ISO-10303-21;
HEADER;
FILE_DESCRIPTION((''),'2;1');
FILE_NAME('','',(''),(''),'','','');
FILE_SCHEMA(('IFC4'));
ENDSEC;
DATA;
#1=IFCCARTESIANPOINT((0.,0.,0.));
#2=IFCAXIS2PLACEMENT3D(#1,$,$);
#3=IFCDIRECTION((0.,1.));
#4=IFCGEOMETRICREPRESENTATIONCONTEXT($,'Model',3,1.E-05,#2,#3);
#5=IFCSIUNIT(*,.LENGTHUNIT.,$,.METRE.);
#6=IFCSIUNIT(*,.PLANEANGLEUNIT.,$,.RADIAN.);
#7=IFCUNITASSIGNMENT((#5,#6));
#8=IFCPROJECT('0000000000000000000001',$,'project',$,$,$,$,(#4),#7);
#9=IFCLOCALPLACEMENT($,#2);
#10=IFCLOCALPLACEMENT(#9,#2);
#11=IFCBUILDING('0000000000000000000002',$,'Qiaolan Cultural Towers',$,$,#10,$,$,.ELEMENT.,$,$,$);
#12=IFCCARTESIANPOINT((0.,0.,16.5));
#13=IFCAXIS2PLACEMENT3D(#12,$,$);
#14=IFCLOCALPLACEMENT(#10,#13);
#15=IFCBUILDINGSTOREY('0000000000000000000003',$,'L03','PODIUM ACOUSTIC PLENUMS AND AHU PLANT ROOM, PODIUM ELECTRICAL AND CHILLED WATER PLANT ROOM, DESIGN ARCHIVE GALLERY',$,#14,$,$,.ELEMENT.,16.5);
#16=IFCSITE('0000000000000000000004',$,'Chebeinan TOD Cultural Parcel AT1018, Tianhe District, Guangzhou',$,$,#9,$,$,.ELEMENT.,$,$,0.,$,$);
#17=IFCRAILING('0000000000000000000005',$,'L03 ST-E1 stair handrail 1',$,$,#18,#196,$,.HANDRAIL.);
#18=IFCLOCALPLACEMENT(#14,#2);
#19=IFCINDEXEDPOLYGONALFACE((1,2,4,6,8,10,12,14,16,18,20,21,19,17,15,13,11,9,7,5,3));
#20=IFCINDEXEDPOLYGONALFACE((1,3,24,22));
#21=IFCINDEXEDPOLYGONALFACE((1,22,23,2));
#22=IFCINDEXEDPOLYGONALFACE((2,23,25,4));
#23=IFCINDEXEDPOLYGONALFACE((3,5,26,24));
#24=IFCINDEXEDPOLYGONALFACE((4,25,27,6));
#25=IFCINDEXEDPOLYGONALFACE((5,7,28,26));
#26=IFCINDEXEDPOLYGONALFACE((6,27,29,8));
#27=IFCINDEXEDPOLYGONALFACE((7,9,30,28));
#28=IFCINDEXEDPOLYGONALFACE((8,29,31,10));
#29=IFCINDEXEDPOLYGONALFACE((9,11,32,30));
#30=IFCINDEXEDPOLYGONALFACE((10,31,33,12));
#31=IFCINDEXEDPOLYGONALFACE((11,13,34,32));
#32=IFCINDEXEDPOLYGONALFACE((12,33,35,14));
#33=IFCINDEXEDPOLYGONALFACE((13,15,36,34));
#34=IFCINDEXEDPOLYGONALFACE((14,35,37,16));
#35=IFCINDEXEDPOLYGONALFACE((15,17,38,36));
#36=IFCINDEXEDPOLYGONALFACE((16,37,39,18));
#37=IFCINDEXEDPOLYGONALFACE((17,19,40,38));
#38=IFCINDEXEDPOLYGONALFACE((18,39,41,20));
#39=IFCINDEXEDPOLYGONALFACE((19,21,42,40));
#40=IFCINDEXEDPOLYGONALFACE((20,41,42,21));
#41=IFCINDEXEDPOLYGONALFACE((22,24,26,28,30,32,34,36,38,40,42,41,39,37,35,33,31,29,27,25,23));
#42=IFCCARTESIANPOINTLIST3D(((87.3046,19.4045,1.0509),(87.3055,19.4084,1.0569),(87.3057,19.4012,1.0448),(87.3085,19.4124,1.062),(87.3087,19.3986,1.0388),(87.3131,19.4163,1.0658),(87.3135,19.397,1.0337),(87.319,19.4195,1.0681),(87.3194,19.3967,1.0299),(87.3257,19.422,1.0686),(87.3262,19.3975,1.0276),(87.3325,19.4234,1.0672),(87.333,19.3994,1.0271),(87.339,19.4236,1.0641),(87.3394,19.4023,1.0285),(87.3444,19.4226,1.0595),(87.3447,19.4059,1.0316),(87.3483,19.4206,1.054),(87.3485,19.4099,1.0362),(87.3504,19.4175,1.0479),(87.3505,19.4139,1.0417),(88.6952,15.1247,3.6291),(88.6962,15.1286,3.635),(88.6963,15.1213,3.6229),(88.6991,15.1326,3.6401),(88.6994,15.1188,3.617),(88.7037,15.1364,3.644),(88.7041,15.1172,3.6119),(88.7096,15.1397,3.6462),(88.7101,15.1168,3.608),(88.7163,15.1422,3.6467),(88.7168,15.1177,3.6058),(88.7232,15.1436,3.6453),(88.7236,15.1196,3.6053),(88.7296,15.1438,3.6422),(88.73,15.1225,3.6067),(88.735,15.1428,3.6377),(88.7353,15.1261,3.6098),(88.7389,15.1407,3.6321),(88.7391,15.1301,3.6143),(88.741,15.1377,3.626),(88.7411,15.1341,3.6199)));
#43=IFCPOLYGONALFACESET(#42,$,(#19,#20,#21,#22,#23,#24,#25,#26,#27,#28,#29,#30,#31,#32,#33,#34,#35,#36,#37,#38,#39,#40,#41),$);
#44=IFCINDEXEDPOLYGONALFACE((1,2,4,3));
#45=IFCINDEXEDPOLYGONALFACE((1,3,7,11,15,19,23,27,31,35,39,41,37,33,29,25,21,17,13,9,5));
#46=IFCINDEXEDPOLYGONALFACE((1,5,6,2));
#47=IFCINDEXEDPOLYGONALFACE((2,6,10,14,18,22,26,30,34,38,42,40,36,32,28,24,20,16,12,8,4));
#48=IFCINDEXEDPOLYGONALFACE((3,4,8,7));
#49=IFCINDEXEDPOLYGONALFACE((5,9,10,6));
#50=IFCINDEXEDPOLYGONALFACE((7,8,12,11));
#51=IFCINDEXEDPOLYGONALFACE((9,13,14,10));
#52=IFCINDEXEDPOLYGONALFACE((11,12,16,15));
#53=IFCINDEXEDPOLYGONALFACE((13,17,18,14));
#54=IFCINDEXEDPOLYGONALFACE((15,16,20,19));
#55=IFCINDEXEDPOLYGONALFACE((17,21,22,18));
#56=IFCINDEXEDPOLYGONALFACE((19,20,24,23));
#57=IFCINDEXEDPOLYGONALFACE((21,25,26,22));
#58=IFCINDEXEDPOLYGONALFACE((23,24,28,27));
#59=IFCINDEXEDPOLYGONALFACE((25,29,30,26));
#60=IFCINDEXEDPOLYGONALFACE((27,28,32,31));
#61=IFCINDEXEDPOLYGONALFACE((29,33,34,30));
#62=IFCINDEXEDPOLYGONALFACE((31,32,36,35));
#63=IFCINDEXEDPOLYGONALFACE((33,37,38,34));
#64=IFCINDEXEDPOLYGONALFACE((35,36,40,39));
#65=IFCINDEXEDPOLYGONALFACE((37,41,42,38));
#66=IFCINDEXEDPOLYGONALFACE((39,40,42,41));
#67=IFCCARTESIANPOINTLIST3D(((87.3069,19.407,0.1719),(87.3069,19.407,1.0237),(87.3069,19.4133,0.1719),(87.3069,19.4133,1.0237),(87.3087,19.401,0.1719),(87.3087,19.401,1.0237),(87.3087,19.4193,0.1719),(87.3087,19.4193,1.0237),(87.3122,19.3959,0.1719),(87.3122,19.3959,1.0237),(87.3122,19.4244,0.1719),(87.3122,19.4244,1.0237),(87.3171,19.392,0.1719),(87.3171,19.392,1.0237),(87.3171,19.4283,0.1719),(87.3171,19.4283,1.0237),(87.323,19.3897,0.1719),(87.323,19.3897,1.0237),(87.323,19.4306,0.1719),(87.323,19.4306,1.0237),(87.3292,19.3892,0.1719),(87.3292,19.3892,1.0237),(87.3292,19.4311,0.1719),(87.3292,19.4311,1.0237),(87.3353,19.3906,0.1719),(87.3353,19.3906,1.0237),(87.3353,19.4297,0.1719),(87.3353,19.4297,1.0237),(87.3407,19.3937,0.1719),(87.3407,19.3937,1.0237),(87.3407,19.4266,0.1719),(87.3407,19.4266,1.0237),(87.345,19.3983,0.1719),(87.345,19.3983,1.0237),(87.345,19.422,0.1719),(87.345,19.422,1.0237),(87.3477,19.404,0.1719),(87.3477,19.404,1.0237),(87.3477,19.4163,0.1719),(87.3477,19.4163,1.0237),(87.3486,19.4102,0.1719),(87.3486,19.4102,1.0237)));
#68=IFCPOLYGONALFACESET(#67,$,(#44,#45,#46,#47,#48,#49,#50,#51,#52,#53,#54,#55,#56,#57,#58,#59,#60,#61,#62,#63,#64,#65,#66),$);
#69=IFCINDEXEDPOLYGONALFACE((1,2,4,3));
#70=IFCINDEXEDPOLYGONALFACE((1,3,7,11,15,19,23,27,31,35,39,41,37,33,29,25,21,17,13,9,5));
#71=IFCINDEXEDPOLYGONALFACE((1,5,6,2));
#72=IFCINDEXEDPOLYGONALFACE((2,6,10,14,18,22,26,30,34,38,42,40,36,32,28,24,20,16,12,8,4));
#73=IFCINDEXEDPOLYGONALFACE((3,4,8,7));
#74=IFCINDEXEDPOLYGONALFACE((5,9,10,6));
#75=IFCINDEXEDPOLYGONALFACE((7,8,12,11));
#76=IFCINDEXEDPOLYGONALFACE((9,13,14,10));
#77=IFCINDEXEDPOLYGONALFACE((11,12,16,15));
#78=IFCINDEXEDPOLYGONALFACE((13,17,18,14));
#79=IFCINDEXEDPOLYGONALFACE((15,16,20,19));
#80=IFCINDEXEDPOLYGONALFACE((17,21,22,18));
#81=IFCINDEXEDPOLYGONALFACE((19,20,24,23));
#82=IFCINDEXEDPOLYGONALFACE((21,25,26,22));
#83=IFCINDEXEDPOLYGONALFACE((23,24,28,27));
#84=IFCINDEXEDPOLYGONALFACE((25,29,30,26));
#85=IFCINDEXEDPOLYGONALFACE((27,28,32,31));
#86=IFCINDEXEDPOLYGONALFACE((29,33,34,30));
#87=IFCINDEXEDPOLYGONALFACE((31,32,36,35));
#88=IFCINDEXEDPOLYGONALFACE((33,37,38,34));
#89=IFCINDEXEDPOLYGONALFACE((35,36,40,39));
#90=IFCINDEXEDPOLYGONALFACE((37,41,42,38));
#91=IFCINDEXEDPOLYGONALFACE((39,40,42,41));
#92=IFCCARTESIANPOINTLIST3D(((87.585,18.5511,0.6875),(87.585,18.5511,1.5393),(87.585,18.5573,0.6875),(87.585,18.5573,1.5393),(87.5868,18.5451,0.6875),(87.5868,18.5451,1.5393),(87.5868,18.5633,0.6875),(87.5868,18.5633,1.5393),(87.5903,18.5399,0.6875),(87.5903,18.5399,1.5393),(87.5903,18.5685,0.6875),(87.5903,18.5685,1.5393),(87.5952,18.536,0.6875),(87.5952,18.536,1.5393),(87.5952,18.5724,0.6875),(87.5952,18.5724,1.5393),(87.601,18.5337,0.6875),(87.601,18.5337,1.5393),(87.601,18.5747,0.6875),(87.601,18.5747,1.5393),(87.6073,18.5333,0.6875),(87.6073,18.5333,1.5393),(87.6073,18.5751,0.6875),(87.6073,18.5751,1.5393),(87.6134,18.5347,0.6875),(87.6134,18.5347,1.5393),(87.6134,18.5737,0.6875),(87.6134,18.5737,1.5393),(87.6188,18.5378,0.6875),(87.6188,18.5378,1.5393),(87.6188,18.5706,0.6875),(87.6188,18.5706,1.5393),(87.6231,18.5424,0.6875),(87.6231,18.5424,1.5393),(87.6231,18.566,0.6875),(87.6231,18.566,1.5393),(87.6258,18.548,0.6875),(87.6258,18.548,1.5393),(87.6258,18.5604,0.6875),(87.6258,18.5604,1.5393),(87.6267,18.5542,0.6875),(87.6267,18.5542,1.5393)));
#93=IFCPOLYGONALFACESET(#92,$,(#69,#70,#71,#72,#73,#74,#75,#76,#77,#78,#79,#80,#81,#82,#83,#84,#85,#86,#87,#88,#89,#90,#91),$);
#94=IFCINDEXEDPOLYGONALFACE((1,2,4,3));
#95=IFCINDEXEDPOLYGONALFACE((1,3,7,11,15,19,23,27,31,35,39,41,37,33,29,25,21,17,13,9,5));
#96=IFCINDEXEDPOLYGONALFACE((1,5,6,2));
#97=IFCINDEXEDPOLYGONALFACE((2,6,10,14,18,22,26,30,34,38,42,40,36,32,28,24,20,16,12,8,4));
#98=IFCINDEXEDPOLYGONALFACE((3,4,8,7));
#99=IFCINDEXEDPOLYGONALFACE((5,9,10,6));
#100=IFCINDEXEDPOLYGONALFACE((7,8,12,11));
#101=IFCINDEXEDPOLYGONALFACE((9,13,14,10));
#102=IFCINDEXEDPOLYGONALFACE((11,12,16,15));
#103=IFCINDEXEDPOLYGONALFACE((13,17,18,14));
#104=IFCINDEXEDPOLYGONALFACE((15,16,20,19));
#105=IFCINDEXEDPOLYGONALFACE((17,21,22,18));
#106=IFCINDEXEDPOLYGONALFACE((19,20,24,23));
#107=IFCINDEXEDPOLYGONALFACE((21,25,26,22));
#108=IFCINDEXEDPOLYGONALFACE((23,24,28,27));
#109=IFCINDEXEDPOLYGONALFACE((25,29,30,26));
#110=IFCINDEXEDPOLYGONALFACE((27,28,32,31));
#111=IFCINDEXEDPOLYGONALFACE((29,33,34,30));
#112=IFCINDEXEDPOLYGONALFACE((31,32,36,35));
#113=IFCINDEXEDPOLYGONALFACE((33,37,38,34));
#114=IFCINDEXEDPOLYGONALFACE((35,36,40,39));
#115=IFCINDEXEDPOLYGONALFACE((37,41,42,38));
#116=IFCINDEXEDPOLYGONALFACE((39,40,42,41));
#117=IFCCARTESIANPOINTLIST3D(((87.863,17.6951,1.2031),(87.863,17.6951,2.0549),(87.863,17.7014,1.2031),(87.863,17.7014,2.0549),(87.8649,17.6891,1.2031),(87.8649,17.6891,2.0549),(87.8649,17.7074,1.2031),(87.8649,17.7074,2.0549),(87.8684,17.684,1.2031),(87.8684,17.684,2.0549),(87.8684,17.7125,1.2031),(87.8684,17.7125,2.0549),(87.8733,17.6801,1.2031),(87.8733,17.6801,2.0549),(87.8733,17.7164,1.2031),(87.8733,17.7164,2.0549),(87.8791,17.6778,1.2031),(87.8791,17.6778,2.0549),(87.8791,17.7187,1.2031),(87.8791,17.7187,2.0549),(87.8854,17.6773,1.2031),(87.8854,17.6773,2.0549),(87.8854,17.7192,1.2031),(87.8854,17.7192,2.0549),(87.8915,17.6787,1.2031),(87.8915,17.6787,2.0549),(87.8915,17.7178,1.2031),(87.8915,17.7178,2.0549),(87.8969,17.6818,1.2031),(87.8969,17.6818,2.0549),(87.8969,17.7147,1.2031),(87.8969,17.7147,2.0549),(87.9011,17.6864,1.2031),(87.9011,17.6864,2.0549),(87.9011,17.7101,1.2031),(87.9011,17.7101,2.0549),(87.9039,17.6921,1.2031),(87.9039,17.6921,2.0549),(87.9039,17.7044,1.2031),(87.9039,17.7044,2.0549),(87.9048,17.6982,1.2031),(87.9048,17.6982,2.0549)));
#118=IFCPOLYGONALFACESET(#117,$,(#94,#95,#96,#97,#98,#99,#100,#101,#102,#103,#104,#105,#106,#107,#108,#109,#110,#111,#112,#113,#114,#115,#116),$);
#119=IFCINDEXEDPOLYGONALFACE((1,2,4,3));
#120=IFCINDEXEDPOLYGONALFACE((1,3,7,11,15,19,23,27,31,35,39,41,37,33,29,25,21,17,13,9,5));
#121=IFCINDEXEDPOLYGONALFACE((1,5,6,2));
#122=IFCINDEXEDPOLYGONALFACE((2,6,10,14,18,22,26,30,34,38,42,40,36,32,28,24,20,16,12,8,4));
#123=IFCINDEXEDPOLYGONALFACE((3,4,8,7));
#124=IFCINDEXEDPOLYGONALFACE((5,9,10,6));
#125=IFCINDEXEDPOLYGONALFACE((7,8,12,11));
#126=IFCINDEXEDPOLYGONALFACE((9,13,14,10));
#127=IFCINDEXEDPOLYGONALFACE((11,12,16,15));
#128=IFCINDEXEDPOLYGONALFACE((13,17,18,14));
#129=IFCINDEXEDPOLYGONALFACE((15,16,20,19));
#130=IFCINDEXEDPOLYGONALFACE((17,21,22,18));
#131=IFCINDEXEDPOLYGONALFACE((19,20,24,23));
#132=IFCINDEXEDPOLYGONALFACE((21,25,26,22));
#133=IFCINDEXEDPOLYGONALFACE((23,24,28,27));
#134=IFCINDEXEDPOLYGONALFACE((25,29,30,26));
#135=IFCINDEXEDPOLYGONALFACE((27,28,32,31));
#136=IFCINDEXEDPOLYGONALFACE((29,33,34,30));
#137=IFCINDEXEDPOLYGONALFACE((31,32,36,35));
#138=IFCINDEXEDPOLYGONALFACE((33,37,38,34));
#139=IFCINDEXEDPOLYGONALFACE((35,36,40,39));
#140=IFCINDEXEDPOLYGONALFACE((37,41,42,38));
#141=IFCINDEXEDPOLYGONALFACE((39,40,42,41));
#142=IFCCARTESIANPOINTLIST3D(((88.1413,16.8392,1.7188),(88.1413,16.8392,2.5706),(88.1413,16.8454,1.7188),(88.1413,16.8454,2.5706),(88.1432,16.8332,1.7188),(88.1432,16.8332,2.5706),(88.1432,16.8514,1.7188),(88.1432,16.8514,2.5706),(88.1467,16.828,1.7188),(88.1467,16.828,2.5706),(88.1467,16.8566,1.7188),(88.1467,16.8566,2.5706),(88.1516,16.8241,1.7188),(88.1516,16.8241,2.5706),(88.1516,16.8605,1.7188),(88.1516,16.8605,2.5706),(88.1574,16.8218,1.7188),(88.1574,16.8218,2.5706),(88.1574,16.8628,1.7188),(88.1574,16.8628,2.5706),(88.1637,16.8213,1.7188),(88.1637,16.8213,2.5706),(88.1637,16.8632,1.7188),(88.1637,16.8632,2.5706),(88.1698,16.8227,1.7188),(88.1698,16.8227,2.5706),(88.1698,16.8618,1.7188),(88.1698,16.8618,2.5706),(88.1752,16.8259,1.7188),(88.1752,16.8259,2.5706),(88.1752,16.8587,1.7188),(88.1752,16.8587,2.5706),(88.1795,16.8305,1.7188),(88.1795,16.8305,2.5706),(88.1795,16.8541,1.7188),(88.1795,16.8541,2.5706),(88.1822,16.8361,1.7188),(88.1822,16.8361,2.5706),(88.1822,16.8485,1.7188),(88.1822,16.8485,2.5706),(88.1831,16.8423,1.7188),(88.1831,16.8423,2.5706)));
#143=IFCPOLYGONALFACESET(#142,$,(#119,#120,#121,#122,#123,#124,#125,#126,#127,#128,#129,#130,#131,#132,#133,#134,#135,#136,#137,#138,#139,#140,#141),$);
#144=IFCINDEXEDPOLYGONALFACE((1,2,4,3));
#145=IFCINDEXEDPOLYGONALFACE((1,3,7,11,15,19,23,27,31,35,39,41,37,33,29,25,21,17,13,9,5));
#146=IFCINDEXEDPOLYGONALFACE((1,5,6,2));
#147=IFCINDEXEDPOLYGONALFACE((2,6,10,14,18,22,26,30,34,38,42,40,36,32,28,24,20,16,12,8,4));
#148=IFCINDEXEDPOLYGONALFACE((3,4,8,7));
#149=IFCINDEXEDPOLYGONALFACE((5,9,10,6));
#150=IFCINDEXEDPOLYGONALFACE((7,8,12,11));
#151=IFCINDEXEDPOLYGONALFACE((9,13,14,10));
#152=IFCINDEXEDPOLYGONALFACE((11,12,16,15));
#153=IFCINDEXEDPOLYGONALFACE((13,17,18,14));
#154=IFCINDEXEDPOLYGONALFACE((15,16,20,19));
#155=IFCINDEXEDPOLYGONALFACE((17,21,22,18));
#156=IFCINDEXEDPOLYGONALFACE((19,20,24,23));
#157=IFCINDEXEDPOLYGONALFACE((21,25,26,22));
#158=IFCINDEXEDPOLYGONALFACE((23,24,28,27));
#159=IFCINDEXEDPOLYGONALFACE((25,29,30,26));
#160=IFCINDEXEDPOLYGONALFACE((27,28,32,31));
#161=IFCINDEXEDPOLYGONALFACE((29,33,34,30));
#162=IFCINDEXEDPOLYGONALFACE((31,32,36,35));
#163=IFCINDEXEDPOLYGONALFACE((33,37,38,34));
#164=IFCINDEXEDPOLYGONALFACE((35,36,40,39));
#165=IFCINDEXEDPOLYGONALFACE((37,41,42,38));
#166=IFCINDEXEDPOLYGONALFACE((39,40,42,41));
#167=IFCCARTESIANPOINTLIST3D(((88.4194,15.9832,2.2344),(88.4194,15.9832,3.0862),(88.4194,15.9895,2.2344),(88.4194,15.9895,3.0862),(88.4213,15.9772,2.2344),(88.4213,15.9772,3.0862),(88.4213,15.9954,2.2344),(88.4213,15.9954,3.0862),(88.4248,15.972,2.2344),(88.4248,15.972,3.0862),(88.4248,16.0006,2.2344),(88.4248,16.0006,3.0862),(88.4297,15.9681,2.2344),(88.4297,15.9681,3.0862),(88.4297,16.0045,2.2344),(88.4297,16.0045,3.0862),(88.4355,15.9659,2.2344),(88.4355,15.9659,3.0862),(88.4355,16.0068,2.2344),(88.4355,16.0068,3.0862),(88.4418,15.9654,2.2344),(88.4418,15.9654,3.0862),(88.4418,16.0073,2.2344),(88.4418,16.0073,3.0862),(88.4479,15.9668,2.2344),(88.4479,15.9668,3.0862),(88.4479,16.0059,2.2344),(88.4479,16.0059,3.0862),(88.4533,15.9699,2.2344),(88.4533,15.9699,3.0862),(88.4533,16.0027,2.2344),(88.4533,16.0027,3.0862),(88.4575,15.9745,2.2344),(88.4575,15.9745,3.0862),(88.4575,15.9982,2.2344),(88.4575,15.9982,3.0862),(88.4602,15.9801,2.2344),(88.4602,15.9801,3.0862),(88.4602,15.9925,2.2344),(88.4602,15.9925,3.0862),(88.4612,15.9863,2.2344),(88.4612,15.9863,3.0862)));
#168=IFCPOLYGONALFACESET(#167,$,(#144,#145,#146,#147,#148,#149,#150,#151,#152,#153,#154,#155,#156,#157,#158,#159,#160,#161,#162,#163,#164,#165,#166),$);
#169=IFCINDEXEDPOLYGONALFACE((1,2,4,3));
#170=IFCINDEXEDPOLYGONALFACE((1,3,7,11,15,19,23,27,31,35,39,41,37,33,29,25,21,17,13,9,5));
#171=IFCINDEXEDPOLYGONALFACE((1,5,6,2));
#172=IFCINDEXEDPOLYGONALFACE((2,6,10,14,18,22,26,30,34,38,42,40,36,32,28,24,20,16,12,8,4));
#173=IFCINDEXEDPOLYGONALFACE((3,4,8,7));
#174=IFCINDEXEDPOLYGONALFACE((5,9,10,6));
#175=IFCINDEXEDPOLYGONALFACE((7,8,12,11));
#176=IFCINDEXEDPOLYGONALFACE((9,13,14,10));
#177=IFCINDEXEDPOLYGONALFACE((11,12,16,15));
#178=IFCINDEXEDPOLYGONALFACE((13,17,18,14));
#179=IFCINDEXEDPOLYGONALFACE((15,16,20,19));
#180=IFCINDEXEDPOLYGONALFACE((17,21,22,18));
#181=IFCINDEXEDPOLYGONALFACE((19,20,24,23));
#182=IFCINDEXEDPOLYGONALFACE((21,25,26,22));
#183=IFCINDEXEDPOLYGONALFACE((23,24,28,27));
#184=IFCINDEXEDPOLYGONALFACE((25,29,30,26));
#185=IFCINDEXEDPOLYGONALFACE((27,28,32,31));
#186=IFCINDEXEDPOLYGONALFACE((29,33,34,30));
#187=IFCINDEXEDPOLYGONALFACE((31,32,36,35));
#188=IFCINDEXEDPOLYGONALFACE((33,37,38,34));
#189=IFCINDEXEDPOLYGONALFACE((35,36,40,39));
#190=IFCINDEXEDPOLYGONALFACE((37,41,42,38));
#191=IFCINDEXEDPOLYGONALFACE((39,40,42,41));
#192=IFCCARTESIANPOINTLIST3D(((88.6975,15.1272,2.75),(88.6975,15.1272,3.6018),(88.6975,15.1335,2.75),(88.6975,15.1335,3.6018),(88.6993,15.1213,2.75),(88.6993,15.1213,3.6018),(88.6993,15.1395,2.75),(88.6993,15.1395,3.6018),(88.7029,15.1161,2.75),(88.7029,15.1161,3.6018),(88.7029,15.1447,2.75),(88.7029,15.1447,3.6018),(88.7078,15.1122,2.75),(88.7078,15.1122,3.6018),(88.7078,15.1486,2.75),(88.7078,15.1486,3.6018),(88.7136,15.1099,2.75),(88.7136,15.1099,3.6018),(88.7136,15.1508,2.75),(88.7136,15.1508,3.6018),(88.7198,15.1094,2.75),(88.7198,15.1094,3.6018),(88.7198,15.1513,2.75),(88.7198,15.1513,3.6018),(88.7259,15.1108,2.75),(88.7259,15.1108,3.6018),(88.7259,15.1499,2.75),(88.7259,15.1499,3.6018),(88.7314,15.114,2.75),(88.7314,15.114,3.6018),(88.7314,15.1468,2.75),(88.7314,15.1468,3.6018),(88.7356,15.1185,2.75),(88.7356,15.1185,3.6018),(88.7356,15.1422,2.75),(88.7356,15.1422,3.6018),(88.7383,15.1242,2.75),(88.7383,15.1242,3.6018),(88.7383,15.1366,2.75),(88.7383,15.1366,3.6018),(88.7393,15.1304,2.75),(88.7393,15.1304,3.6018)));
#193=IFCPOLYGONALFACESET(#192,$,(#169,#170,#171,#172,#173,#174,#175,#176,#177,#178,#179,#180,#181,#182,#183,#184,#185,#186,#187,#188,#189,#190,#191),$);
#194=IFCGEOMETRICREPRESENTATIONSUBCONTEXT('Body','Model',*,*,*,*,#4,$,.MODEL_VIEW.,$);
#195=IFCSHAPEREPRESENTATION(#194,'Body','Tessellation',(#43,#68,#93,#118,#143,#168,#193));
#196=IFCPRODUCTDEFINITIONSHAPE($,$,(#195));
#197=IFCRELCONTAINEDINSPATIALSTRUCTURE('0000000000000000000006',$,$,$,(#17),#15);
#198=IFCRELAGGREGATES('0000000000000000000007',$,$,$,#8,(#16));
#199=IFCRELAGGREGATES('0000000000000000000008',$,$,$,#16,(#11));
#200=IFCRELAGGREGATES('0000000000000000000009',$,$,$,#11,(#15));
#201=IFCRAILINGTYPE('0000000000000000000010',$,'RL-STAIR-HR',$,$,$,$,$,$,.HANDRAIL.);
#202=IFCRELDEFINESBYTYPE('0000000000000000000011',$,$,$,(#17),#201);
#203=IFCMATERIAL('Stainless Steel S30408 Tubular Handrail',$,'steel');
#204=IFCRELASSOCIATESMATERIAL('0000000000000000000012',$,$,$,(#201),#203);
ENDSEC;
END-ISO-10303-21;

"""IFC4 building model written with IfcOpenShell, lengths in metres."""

from ifc_helpers import new_model, si_unit, direction, frame, origin, origin_2d, place, context, subcontext, project, spatial, circle, extrude, material, type_object, element, save


model = new_model("IFC4")

# Units and contexts
model_context = context("Model", 3, precision=1e-05, world=origin(), true_north=direction((0.0, 1.0)))
body_context = subcontext(model_context, "Body", "Model", "MODEL_VIEW")
ifc_project = project(units=[si_unit("LENGTHUNIT", "METRE"), si_unit("PLANEANGLEUNIT", "RADIAN")], contexts=[model_context])

# Site, building, storey
site_placement = place(None, origin())
site = spatial("IfcSite", under=ifc_project, at=site_placement, Name="Chebeinan TOD Cultural Parcel AT1018, Tianhe District, Guangzhou", CompositionType="ELEMENT", RefElevation=0.0)
building_placement = place(site_placement, origin())
building = spatial("IfcBuilding", under=site, at=building_placement, Name="Qiaolan Cultural Towers", CompositionType="ELEMENT")
storey_placement = place(building_placement, frame((0.0, 0.0, 16.5)))
storey = spatial("IfcBuildingStorey", under=building, at=storey_placement, Name="L03", Description="PODIUM ACOUSTIC PLENUMS AND AHU PLANT ROOM, PODIUM ELECTRICAL AND CHILLED WATER PLANT ROOM, DESIGN ARCHIVE GALLERY", CompositionType="ELEMENT", Elevation=16.5)

# Railing
ifc_material_1 = material(Name="Stainless Steel S30408 Tubular Handrail", Category="steel")
railing_type_1 = type_object("IfcRailingType", Name="RL-STAIR-HR", PredefinedType="HANDRAIL", material=ifc_material_1)
railing_1_placement = place(storey_placement, frame((87.3276, 19.4102, 0.1719)))
element("IfcRailing", 1, at=railing_1_placement, inside=storey, type_object=railing_type_1, Name="L03 ST-E1 stair handrail 1", PredefinedType="HANDRAIL", context=body_context, shape_type="SweptSolid", body=[
    extrude(circle(Radius=0.0239, at=origin_2d()), frame((0.0, 0.0, 0.876), z_axis=(0.268137, -0.825219, 0.497108), x_axis=(0.951054, 0.309025, 0.0)), (0.0, 0.0, 1.0), 5.1863),
    extrude(circle(Radius=0.021, at=origin_2d()), origin(), (0.0, 0.0, 1.0), 0.8518),
    extrude(circle(Radius=0.021, at=origin_2d()), frame((0.2781, -0.856, 0.5156)), (0.0, 0.0, 1.0), 0.8518),
    extrude(circle(Radius=0.021, at=origin_2d()), frame((0.5562, -1.7119, 1.0312)), (0.0, 0.0, 1.0), 0.8518),
    extrude(circle(Radius=0.021, at=origin_2d()), frame((0.8345, -2.5679, 1.5469)), (0.0, 0.0, 1.0), 0.8518),
    extrude(circle(Radius=0.021, at=origin_2d()), frame((1.1125, -3.4238, 2.0625)), (0.0, 0.0, 1.0), 0.8518),
    extrude(circle(Radius=0.021, at=origin_2d()), frame((1.3906, -4.2798, 2.5781)), (0.0, 0.0, 1.0), 0.8518),
])

save(model, "model.ifc")
